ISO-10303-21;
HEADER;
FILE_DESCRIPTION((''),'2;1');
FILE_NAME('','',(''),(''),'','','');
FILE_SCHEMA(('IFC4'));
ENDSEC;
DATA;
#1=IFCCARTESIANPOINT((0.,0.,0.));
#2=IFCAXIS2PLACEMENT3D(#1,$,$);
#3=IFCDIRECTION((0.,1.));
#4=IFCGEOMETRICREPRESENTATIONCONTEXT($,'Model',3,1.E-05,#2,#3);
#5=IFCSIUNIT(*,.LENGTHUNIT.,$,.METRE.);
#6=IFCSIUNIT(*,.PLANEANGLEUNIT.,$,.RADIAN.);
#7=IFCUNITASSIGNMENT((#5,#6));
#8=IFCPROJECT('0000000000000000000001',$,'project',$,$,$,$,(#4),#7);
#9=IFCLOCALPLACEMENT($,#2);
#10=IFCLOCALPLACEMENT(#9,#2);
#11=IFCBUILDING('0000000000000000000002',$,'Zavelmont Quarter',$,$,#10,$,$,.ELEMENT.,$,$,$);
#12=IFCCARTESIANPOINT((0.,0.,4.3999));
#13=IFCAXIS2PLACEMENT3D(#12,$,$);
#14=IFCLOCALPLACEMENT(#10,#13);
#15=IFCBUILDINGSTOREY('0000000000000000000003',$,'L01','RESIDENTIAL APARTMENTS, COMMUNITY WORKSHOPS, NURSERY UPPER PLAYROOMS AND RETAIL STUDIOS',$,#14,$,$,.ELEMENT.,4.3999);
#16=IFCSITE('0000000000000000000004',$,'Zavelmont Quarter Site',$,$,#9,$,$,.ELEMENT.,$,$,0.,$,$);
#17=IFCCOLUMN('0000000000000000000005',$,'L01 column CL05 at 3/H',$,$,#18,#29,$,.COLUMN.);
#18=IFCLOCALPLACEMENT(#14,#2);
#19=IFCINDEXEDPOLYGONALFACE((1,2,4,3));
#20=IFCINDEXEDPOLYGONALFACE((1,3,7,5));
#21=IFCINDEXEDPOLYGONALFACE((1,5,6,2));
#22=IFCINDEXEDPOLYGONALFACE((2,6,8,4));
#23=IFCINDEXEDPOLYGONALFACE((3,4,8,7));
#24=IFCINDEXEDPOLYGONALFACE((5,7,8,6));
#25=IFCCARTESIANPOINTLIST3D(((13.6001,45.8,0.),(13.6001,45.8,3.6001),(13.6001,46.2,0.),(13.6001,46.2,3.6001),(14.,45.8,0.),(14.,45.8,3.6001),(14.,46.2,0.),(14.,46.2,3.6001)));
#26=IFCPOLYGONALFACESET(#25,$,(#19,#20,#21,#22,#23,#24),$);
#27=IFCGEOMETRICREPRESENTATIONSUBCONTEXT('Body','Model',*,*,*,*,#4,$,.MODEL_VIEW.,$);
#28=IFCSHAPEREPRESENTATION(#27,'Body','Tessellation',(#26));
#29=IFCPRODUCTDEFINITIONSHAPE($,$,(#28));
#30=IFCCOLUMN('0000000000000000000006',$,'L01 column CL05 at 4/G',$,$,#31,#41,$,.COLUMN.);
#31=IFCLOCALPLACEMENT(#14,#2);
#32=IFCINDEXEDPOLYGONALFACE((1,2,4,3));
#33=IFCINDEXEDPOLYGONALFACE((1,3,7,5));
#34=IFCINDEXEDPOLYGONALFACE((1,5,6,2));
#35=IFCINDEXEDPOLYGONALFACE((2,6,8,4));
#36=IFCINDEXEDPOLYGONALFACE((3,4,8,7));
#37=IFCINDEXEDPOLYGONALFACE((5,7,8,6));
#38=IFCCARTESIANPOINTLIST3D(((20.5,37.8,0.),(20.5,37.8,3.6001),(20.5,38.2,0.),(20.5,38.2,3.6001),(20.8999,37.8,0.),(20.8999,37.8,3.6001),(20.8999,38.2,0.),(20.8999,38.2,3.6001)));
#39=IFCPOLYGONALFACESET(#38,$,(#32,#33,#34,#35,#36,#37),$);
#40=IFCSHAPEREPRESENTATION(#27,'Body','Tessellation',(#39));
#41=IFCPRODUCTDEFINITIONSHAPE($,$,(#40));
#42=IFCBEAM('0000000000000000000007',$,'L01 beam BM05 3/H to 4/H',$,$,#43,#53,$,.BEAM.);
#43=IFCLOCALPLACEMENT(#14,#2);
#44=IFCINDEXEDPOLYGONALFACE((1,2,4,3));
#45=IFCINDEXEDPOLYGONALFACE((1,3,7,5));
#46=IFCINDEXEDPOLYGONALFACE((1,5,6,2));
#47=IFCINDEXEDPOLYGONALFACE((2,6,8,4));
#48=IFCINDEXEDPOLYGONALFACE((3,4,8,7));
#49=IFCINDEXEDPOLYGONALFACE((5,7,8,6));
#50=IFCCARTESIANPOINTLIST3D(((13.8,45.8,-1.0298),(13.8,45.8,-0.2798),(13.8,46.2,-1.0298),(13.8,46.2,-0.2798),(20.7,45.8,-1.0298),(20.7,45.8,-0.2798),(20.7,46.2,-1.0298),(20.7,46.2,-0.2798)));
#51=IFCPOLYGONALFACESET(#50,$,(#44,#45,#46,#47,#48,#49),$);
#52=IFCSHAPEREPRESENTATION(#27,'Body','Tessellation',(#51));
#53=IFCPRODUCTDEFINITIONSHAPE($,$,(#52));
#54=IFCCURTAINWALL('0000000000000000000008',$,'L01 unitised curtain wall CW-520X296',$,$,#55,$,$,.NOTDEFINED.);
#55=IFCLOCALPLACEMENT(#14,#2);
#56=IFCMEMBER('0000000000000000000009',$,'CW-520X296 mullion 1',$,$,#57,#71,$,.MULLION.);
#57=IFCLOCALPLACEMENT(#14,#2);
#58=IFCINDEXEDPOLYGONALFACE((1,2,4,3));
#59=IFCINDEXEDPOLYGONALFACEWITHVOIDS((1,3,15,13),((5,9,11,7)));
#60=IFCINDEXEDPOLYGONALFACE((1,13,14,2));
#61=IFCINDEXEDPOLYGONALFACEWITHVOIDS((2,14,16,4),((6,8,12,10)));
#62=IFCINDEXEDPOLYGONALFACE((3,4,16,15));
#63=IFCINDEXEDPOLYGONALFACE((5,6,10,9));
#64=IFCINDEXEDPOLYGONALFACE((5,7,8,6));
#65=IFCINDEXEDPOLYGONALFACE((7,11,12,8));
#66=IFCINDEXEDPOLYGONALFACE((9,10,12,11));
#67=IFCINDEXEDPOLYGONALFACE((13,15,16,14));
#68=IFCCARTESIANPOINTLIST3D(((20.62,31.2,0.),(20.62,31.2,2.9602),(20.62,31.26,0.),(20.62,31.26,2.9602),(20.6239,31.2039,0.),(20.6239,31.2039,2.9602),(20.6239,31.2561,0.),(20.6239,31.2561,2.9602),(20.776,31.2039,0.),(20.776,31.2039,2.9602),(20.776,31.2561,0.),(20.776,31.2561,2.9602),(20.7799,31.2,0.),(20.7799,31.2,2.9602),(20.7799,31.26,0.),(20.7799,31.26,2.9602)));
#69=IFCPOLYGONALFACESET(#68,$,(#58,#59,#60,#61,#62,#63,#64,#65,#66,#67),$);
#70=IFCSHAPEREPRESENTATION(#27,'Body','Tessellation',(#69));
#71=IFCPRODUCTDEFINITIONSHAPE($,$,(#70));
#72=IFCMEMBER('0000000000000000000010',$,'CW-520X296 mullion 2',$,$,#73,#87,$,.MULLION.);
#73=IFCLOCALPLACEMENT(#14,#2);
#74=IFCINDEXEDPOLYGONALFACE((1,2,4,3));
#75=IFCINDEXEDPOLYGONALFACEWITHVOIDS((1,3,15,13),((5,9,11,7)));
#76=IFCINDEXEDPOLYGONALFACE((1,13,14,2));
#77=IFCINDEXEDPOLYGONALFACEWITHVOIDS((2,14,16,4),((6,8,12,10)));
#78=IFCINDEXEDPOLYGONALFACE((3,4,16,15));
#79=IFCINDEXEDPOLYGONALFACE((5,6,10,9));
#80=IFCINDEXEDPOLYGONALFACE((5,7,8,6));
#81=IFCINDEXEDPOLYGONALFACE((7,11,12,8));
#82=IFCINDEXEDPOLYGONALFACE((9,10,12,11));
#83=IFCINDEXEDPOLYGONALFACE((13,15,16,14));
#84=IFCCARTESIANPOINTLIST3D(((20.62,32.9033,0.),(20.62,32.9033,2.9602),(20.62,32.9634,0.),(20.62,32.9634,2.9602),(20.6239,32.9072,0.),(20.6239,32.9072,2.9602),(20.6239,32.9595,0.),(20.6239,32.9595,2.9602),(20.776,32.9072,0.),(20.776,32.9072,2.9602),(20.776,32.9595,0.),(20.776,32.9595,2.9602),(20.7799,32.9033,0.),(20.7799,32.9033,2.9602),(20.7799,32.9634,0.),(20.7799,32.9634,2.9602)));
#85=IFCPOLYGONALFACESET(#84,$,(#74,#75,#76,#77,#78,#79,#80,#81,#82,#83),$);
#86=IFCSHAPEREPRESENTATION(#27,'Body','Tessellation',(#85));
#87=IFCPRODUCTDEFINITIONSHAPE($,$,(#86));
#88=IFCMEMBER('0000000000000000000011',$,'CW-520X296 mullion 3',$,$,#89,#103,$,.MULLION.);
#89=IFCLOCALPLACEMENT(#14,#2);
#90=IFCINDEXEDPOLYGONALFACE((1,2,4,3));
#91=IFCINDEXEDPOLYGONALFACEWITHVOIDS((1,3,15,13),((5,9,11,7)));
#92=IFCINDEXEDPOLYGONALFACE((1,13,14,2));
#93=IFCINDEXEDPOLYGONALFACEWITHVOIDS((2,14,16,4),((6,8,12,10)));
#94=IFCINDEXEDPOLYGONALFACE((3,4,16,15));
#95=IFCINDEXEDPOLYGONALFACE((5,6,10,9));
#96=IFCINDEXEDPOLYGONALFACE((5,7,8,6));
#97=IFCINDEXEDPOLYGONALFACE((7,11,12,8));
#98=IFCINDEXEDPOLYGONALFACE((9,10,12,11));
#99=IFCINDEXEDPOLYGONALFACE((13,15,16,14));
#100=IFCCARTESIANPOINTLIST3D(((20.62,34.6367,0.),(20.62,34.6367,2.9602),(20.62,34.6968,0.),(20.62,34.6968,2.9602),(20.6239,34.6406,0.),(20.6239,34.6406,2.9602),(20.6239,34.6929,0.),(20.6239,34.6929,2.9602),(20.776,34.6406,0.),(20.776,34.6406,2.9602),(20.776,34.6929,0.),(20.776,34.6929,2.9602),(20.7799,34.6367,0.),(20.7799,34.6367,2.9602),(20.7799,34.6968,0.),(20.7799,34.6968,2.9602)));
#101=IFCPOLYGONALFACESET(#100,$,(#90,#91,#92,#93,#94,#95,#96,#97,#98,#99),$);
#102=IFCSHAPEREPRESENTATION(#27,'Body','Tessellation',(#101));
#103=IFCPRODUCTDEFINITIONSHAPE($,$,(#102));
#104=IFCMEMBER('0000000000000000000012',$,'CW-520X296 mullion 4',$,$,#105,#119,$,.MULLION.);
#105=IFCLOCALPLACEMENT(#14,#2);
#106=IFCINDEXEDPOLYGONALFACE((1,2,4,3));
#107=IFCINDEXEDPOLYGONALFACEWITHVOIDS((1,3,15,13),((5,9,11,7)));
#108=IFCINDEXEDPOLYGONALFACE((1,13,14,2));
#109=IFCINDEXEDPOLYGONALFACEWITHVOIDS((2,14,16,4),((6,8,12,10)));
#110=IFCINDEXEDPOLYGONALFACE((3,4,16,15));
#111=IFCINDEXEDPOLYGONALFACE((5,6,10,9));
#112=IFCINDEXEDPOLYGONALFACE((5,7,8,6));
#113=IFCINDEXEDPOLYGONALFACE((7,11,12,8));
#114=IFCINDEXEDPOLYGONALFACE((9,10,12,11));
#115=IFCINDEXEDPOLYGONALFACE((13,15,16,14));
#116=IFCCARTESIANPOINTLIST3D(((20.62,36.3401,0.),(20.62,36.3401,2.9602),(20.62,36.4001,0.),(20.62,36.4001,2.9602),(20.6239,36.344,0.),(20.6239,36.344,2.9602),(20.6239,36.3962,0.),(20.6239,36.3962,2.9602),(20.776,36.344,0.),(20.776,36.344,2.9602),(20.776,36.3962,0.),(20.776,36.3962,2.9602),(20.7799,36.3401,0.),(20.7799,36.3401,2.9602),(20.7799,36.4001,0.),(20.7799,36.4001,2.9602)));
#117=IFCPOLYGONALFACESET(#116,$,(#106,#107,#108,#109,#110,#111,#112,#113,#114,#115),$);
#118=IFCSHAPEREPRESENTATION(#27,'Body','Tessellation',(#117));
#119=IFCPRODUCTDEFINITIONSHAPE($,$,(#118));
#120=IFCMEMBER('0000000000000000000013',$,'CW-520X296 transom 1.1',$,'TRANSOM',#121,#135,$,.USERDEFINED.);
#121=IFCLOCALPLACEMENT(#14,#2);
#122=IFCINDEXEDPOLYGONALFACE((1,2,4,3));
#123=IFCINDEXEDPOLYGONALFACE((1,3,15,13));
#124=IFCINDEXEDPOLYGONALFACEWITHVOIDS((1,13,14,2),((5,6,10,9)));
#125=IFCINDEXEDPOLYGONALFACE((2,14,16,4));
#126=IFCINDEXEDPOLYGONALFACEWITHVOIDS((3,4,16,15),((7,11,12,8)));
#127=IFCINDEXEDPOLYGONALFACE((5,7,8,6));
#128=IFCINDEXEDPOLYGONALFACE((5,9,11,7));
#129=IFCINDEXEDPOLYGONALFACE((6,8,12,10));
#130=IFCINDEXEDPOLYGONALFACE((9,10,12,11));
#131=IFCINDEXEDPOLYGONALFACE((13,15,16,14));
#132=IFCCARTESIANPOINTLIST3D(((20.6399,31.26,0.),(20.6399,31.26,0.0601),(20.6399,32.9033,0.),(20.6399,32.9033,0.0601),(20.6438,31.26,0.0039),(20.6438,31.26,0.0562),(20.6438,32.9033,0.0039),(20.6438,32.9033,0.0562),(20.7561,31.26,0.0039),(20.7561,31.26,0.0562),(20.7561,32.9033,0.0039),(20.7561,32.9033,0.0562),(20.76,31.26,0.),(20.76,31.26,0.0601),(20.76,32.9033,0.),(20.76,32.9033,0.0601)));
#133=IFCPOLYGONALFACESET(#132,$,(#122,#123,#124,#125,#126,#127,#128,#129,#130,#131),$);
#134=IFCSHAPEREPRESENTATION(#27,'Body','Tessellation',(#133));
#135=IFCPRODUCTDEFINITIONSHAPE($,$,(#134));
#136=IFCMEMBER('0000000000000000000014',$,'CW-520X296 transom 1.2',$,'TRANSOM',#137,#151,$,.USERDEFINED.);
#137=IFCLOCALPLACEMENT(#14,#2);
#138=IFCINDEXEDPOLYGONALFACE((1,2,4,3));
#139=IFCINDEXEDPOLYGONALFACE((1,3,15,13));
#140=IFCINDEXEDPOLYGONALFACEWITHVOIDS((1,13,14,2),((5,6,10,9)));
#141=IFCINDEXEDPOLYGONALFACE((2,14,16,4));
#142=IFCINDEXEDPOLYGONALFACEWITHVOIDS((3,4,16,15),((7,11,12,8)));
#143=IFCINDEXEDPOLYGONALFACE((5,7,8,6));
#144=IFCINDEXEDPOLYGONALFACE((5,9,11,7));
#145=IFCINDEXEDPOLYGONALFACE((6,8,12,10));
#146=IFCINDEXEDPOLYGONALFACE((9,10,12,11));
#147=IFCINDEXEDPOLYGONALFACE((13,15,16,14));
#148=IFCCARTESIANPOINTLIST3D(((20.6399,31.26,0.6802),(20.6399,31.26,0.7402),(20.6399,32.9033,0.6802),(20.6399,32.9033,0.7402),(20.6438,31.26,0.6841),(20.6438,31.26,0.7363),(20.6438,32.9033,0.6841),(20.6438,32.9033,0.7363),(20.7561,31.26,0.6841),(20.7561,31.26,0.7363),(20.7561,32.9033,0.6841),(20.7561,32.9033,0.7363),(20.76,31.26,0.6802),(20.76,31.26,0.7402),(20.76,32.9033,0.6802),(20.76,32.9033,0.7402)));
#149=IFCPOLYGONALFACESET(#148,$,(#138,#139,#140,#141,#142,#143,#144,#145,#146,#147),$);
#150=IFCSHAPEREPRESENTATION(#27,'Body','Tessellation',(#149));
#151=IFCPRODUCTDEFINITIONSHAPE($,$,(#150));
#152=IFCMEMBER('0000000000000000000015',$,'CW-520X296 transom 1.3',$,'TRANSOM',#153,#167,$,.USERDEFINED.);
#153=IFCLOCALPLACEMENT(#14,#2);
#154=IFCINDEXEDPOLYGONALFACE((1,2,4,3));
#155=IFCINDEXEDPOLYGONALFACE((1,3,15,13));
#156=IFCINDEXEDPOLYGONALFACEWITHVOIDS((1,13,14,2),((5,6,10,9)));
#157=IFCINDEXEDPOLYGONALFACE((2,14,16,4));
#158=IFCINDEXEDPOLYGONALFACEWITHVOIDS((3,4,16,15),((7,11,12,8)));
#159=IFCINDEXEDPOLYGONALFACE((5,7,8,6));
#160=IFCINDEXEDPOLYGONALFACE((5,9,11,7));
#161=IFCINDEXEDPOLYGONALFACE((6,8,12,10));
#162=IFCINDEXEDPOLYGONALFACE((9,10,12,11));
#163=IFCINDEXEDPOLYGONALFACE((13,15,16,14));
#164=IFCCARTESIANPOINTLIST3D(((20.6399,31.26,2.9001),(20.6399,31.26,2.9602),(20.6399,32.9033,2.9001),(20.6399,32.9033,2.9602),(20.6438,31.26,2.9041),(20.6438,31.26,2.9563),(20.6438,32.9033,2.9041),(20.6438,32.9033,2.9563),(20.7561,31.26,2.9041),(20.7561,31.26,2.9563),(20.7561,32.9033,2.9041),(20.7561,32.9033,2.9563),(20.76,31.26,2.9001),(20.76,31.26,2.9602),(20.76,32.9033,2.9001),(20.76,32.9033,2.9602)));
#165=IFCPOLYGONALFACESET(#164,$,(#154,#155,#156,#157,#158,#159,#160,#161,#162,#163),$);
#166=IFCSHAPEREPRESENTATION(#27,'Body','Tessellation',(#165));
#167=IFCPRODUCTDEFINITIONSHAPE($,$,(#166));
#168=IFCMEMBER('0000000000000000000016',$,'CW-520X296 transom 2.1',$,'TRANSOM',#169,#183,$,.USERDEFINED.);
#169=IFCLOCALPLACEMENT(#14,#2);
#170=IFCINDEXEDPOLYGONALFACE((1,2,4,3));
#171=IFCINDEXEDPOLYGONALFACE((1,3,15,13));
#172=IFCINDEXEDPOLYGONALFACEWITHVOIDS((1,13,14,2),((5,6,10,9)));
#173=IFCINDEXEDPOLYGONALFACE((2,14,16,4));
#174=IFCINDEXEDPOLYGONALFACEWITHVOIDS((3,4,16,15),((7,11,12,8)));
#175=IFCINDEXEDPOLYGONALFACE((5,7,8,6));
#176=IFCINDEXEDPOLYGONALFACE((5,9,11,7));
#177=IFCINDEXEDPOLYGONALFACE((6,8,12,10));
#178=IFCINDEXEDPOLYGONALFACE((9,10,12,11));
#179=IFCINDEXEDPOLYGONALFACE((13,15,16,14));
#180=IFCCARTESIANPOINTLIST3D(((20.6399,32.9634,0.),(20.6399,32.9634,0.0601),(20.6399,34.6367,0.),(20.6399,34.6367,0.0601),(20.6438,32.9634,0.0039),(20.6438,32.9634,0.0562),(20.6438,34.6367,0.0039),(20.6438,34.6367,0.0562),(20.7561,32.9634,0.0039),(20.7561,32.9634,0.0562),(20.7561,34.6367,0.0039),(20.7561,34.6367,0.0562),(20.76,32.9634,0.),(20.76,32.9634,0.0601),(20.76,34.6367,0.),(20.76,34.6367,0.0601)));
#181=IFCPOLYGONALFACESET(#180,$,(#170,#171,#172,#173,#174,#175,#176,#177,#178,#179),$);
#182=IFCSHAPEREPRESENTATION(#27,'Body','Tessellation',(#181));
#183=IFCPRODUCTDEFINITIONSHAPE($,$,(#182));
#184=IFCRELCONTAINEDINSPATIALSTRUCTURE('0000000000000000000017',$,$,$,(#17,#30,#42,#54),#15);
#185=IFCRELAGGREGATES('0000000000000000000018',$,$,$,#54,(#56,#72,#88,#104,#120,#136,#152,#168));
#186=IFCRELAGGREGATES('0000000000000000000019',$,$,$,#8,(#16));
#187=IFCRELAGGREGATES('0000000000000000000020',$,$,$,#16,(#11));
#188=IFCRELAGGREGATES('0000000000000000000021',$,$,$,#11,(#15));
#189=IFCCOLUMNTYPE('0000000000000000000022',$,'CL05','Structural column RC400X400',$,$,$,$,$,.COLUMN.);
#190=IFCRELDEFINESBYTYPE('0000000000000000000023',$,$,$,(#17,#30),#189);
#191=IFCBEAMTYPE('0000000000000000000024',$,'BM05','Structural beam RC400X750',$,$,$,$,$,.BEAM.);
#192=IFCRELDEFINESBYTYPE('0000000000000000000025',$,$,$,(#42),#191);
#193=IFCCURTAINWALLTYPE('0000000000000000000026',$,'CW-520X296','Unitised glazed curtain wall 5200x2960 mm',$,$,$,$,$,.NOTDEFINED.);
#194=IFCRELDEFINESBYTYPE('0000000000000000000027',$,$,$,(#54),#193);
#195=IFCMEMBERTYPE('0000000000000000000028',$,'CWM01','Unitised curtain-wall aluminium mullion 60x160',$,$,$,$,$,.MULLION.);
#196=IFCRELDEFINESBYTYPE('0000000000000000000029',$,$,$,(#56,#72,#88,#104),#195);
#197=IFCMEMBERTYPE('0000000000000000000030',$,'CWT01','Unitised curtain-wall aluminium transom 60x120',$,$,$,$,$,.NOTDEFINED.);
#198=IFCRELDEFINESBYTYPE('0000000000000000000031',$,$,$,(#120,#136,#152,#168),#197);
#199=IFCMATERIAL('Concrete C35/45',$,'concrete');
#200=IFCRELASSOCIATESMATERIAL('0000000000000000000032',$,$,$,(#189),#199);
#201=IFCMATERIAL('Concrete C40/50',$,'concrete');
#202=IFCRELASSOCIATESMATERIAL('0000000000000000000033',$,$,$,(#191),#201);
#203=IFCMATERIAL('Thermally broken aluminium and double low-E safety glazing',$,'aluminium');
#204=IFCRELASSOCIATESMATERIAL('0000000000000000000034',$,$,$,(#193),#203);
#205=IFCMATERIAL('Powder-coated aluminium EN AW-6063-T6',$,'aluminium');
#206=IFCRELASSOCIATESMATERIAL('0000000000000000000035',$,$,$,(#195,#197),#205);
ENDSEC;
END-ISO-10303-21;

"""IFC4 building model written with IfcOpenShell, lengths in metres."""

from ifc_helpers import new_model, si_unit, direction, frame, origin, origin_2d, place, context, subcontext, project, spatial, rectangle, hollow_rectangle, extrude, material, material_profile, profile_set, type_object, element, aggregate, save


model = new_model("IFC4")

# Units and contexts
model_context = context("Model", 3, precision=1e-05, world=origin(), true_north=direction((0.0, 1.0)))
body_context = subcontext(model_context, "Body", "Model", "MODEL_VIEW")
ifc_project = project(units=[si_unit("LENGTHUNIT", "METRE"), si_unit("PLANEANGLEUNIT", "RADIAN")], contexts=[model_context])

# Site, building, storey
site_placement = place(None, origin())
site = spatial("IfcSite", under=ifc_project, at=site_placement, Name="Zavelmont Quarter Site", CompositionType="ELEMENT", RefElevation=0.0)
building_placement = place(site_placement, origin())
building = spatial("IfcBuilding", under=site, at=building_placement, Name="Zavelmont Quarter", CompositionType="ELEMENT")
storey_placement = place(building_placement, frame((0.0, 0.0, 4.3999)))
storey = spatial("IfcBuildingStorey", under=building, at=storey_placement, Name="L01", Description="RESIDENTIAL APARTMENTS, COMMUNITY WORKSHOPS, NURSERY UPPER PLAYROOMS AND RETAIL STUDIOS", CompositionType="ELEMENT", Elevation=4.3999)

# Columns
ifc_material_1 = material(Name="Concrete C35/45", Category="concrete")
ifc_material_profile_1 = material_profile(ifc_material_1, rectangle(XDim=0.3999, YDim=0.3999, at=origin_2d()), Name="RC400X400")
ifc_profile_set_1 = profile_set([ifc_material_profile_1], Name="Concrete C35/45")
column_type = type_object("IfcColumnType", Name="CL05", Description="Structural column RC400X400", PredefinedType="COLUMN", material=ifc_profile_set_1)
for number, where, z_axis, x_axis, name in (
    (1, (13.8, 46.0, 0.0), (0.0, 0.0, 1.0), (1.0, 0.0, 0.0), "L01 column CL05 at 3/H"),
    (2, (20.7, 38.0, 0.0), (0.0, 0.0, 1.0), (1.0, 0.0, 0.0), "L01 column CL05 at 4/G"),
):
    element("IfcColumn", number, at=place(storey_placement, frame(where, z_axis=z_axis, x_axis=x_axis)), inside=storey, type_object=column_type, Name=name, PredefinedType="COLUMN", context=body_context, shape_type="SweptSolid", body=[
        extrude(rectangle(XDim=0.3999, YDim=0.3999, at=origin_2d()), origin(), (0.0, 0.0, 1.0), 3.6001),
    ])

# Beam
ifc_material_2 = material(Name="Concrete C40/50", Category="concrete")
ifc_material_profile_2 = material_profile(ifc_material_2, rectangle(XDim=0.3999, YDim=0.75, at=origin_2d()), Name="RC400X750")
ifc_profile_set_2 = profile_set([ifc_material_profile_2], Name="Concrete C40/50")
beam_type = type_object("IfcBeamType", Name="BM05", Description="Structural beam RC400X750", PredefinedType="BEAM", material=ifc_profile_set_2)
beam_placement = place(storey_placement, frame((13.8, 46.0, -0.6548), z_axis=(1.0, 0.0, 0.0), x_axis=(0.0, 1.0, 0.0)))
element("IfcBeam", 3, at=beam_placement, inside=storey, type_object=beam_type, Name="L01 beam BM05 3/H to 4/H", PredefinedType="BEAM", context=body_context, shape_type="SweptSolid", body=[
    extrude(rectangle(XDim=0.3999, YDim=0.75, at=origin_2d()), origin(), (0.0, 0.0, 1.0), 6.8999),
])

# Curtain wall, members
ifc_material_3 = material(Name="Thermally broken aluminium and double low-E safety glazing", Category="aluminium")
curtain_wall_type = type_object("IfcCurtainWallType", Name="CW-520X296", Description="Unitised glazed curtain wall 5200x2960 mm", PredefinedType="NOTDEFINED", material=ifc_material_3)
curtain_wall_placement = place(storey_placement, origin())
curtain_wall = element("IfcCurtainWall", 4, at=curtain_wall_placement, inside=storey, type_object=curtain_wall_type, Name="L01 unitised curtain wall CW-520X296", PredefinedType="NOTDEFINED")
ifc_material_4 = material(Name="Powder-coated aluminium EN AW-6063-T6", Category="aluminium")
ifc_material_profile_3 = material_profile(ifc_material_4, hollow_rectangle(XDim=0.0601, YDim=0.1599, WallThickness=0.0039, at=origin_2d()), Name="CWM60X160")
ifc_profile_set_3 = profile_set([ifc_material_profile_3], Name="Powder-coated aluminium EN AW-6063-T6")
member_type_1 = type_object("IfcMemberType", Name="CWM01", Description="Unitised curtain-wall aluminium mullion 60x160", PredefinedType="MULLION", material=ifc_profile_set_3)
member_1_placement = place(storey_placement, frame((20.7, 31.23, 0.0), z_axis=(0.0, 0.0, 1.0), x_axis=(0.0, 1.0, 0.0)))
member_1 = element("IfcMember", 5, at=member_1_placement, type_object=member_type_1, Name="CW-520X296 mullion 1", PredefinedType="MULLION", context=body_context, shape_type="SweptSolid", body=[
    extrude(hollow_rectangle(XDim=0.0601, YDim=0.1599, WallThickness=0.0039, at=origin_2d()), origin(), (0.0, 0.0, 1.0), 2.9602),
])
member_2_placement = place(storey_placement, frame((20.7, 32.9333, 0.0), z_axis=(0.0, 0.0, 1.0), x_axis=(0.0, 1.0, 0.0)))
member_2 = element("IfcMember", 6, at=member_2_placement, type_object=member_type_1, Name="CW-520X296 mullion 2", PredefinedType="MULLION", context=body_context, shape_type="SweptSolid", body=[
    extrude(hollow_rectangle(XDim=0.0601, YDim=0.1599, WallThickness=0.0039, at=origin_2d()), origin(), (0.0, 0.0, 1.0), 2.9602),
])
member_3_placement = place(storey_placement, frame((20.7, 34.6667, 0.0), z_axis=(0.0, 0.0, 1.0), x_axis=(0.0, 1.0, 0.0)))
member_3 = element("IfcMember", 7, at=member_3_placement, type_object=member_type_1, Name="CW-520X296 mullion 3", PredefinedType="MULLION", context=body_context, shape_type="SweptSolid", body=[
    extrude(hollow_rectangle(XDim=0.0601, YDim=0.1599, WallThickness=0.0039, at=origin_2d()), origin(), (0.0, 0.0, 1.0), 2.9602),
])
member_4_placement = place(storey_placement, frame((20.7, 36.3701, 0.0), z_axis=(0.0, 0.0, 1.0), x_axis=(0.0, 1.0, 0.0)))
member_4 = element("IfcMember", 8, at=member_4_placement, type_object=member_type_1, Name="CW-520X296 mullion 4", PredefinedType="MULLION", context=body_context, shape_type="SweptSolid", body=[
    extrude(hollow_rectangle(XDim=0.0601, YDim=0.1599, WallThickness=0.0039, at=origin_2d()), origin(), (0.0, 0.0, 1.0), 2.9602),
])
ifc_material_profile_4 = material_profile(ifc_material_4, hollow_rectangle(XDim=0.1201, YDim=0.0601, WallThickness=0.0039, at=origin_2d()), Name="CWT60X120")
ifc_profile_set_4 = profile_set([ifc_material_profile_4], Name="Powder-coated aluminium EN AW-6063-T6")
member_type_2 = type_object("IfcMemberType", Name="CWT01", Description="Unitised curtain-wall aluminium transom 60x120", PredefinedType="NOTDEFINED", material=ifc_profile_set_4)
member_5_placement = place(storey_placement, frame((20.7, 31.26, 0.03), z_axis=(0.0, 1.0, 0.0), x_axis=(-1.0, 0.0, 0.0)))
member_5 = element("IfcMember", 9, at=member_5_placement, type_object=member_type_2, Name="CW-520X296 transom 1.1", ObjectType="TRANSOM", PredefinedType="USERDEFINED", context=body_context, shape_type="SweptSolid", body=[
    extrude(hollow_rectangle(XDim=0.1201, YDim=0.0601, WallThickness=0.0039, at=origin_2d()), origin(), (0.0, 0.0, 1.0), 1.6433),
])
member_6_placement = place(storey_placement, frame((20.7, 31.26, 0.7102), z_axis=(0.0, 1.0, 0.0), x_axis=(-1.0, 0.0, 0.0)))
member_6 = element("IfcMember", 10, at=member_6_placement, type_object=member_type_2, Name="CW-520X296 transom 1.2", ObjectType="TRANSOM", PredefinedType="USERDEFINED", context=body_context, shape_type="SweptSolid", body=[
    extrude(hollow_rectangle(XDim=0.1201, YDim=0.0601, WallThickness=0.0039, at=origin_2d()), origin(), (0.0, 0.0, 1.0), 1.6433),
])
member_7_placement = place(storey_placement, frame((20.7, 31.26, 2.9302), z_axis=(0.0, 1.0, 0.0), x_axis=(-1.0, 0.0, 0.0)))
member_7 = element("IfcMember", 11, at=member_7_placement, type_object=member_type_2, Name="CW-520X296 transom 1.3", ObjectType="TRANSOM", PredefinedType="USERDEFINED", context=body_context, shape_type="SweptSolid", body=[
    extrude(hollow_rectangle(XDim=0.1201, YDim=0.0601, WallThickness=0.0039, at=origin_2d()), origin(), (0.0, 0.0, 1.0), 1.6433),
])
member_8_placement = place(storey_placement, frame((20.7, 32.9634, 0.03), z_axis=(0.0, 1.0, 0.0), x_axis=(-1.0, 0.0, 0.0)))
member_8 = element("IfcMember", 12, at=member_8_placement, type_object=member_type_2, Name="CW-520X296 transom 2.1", ObjectType="TRANSOM", PredefinedType="USERDEFINED", context=body_context, shape_type="SweptSolid", body=[
    extrude(hollow_rectangle(XDim=0.1201, YDim=0.0601, WallThickness=0.0039, at=origin_2d()), origin(), (0.0, 0.0, 1.0), 1.6733),
])
aggregate(curtain_wall, [member_1, member_2, member_3, member_4, member_5, member_6, member_7, member_8])

save(model, "model.ifc")
